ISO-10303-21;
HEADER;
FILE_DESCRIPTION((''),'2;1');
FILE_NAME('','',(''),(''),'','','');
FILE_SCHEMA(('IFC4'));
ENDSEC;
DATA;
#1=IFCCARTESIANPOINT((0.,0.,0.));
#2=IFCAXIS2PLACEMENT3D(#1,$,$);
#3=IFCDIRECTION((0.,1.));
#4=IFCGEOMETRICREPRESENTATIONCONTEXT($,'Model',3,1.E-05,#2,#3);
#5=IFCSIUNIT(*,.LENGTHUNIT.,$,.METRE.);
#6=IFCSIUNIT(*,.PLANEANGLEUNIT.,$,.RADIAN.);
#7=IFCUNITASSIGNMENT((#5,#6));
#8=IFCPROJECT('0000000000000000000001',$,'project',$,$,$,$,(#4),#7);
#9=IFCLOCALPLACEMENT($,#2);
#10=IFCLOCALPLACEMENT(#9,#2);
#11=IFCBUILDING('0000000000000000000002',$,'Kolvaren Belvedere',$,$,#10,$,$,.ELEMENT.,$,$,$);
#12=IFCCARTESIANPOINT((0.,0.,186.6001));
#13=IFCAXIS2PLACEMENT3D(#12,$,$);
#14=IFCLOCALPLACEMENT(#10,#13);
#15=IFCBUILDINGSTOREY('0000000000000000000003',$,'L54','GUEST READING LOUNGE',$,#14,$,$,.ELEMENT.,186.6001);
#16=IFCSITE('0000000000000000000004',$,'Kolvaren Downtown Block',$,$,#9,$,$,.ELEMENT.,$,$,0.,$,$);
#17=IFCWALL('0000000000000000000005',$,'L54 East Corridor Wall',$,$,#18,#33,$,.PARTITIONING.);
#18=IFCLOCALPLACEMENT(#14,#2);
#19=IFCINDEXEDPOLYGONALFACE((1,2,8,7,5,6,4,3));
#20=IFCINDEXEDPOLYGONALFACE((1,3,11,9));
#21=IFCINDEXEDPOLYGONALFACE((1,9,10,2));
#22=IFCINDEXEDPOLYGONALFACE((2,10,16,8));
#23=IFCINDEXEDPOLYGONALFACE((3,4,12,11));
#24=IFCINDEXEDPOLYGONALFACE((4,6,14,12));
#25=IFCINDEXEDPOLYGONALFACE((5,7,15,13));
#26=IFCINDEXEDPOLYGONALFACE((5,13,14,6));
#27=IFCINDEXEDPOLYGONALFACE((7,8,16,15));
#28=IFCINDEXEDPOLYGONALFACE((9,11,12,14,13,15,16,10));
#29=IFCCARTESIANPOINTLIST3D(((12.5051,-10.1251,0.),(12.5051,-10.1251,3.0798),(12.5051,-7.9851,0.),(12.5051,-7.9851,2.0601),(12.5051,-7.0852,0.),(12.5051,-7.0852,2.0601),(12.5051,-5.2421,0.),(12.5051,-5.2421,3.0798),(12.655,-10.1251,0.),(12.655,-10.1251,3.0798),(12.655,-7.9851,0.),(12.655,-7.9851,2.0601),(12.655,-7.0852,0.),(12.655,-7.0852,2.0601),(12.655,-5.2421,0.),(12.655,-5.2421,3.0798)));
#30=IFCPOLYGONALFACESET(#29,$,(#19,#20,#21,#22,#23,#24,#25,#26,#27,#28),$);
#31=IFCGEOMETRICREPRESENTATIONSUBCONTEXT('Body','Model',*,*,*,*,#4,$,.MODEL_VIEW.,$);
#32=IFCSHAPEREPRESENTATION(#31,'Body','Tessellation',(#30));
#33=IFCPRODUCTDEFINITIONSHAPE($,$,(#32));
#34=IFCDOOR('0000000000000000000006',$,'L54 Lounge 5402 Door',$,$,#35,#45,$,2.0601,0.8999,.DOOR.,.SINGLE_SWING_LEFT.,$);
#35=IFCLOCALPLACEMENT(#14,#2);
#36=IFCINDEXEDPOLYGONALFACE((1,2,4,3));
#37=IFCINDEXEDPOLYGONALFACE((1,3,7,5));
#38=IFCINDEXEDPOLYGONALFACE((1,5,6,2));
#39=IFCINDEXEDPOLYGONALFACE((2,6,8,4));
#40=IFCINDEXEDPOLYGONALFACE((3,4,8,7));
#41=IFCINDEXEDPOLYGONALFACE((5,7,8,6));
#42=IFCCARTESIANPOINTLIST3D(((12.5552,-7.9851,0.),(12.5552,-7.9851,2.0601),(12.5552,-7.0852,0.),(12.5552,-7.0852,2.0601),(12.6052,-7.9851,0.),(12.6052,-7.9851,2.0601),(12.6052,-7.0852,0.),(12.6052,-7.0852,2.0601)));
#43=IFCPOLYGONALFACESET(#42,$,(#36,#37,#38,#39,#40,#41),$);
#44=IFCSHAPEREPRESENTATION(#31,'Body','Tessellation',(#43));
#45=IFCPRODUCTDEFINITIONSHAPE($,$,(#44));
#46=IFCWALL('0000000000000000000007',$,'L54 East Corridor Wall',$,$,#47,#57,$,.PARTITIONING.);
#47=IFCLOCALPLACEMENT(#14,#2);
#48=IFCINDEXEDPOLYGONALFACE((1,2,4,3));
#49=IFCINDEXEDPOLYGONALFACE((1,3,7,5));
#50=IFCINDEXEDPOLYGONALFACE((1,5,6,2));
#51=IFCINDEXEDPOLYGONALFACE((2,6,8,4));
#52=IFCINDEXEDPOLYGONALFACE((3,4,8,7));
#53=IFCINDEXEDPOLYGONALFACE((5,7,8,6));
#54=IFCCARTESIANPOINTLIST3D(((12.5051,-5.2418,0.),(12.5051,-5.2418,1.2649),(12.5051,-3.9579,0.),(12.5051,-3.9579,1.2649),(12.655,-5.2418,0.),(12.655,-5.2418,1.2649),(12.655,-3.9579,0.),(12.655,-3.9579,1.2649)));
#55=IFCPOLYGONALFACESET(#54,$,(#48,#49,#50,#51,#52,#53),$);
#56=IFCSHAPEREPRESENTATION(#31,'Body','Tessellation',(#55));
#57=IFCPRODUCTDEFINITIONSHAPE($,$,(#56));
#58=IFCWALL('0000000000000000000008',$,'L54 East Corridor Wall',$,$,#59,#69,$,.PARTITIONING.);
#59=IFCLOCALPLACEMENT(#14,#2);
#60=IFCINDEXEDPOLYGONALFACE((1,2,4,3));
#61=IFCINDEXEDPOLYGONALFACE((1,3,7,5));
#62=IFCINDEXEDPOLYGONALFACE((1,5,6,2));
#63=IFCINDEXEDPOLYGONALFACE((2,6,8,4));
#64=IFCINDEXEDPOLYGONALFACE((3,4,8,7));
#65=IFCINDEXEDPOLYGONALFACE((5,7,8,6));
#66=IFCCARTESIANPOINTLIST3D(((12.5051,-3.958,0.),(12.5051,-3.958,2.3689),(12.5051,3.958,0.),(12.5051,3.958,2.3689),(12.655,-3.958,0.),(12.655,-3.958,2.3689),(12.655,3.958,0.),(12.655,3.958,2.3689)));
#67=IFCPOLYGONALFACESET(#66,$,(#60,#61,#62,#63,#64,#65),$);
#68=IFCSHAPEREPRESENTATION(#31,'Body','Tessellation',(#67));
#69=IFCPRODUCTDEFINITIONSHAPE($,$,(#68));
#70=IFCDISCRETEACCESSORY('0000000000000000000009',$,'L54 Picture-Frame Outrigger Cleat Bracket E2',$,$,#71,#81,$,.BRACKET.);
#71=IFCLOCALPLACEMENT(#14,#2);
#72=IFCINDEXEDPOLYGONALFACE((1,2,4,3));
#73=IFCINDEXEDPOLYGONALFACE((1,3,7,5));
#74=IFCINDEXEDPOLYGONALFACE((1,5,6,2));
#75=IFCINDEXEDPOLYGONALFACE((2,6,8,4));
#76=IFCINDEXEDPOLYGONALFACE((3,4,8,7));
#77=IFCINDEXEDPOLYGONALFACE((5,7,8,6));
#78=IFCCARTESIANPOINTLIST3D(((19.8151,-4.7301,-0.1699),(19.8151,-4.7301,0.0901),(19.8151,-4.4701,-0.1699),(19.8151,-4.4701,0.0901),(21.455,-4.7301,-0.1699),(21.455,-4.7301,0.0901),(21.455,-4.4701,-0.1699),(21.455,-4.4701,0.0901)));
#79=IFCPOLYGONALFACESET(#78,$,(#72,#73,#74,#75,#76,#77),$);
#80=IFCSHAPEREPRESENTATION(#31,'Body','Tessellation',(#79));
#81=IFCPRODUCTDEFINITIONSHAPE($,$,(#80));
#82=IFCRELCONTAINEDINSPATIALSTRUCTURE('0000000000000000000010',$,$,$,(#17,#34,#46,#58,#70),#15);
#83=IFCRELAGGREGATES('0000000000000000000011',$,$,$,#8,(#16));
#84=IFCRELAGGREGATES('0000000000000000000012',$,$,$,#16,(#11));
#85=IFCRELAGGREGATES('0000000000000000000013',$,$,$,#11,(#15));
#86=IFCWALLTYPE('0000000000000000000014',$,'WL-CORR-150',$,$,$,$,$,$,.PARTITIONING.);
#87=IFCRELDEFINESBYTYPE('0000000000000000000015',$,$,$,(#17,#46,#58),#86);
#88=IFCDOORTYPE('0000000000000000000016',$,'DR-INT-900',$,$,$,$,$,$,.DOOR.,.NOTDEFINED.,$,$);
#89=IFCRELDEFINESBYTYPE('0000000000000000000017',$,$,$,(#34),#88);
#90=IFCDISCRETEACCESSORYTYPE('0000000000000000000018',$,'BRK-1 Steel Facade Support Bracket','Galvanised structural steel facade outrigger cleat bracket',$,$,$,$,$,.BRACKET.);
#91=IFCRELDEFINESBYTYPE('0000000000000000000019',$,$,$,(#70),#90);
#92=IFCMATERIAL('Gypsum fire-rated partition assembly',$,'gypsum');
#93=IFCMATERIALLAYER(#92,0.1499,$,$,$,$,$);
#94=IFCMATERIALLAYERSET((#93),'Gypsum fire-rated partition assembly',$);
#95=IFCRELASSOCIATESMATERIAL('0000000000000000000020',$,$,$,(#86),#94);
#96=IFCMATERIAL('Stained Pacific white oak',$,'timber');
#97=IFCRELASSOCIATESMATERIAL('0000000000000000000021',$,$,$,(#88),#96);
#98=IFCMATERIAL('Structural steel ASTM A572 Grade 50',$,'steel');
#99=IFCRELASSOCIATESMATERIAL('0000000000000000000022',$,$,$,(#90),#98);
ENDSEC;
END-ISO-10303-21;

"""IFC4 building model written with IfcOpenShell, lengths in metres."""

from ifc_helpers import new_model, si_unit, direction, frame, frame_2d, origin, origin_2d, place, context, subcontext, project, spatial, rectangle, extrude, material, layer, layer_set, type_object, element, fill, save


model = new_model("IFC4")

# Units and contexts
model_context = context("Model", 3, precision=1e-05, world=origin(), true_north=direction((0.0, 1.0)))
body_context = subcontext(model_context, "Body", "Model", "MODEL_VIEW")
ifc_project = project(units=[si_unit("LENGTHUNIT", "METRE"), si_unit("PLANEANGLEUNIT", "RADIAN")], contexts=[model_context])

# Site, building, storey
site_placement = place(None, origin())
site = spatial("IfcSite", under=ifc_project, at=site_placement, Name="Kolvaren Downtown Block", CompositionType="ELEMENT", RefElevation=0.0)
building_placement = place(site_placement, origin())
building = spatial("IfcBuilding", under=site, at=building_placement, Name="Kolvaren Belvedere", CompositionType="ELEMENT")
storey_placement = place(building_placement, frame((0.0, 0.0, 186.6001)))
storey = spatial("IfcBuildingStorey", under=building, at=storey_placement, Name="L54", Description="GUEST READING LOUNGE", CompositionType="ELEMENT", Elevation=186.6001)

# Shared definitions
ifc_material_1 = material(Name="Gypsum fire-rated partition assembly", Category="gypsum")
ifc_layer_1 = layer(ifc_material_1, 0.1499)
ifc_layer_set_1 = layer_set([ifc_layer_1], Name="Gypsum fire-rated partition assembly")
wall_type_1 = type_object("IfcWallType", Name="WL-CORR-150", PredefinedType="PARTITIONING", material=ifc_layer_set_1)

# Wall, opening, door
wall_1_placement = place(storey_placement, frame((12.5801, -10.125, 0.0), z_axis=(0.0, 0.0, 1.0), x_axis=(0.0, 1.0, 0.0)))
wall_1 = element("IfcWall", 1, at=wall_1_placement, inside=storey, type_object=wall_type_1, Name="L54 East Corridor Wall", PredefinedType="PARTITIONING", context=body_context, shape_type="SweptSolid", body=[
    extrude(rectangle(XDim=4.8831, YDim=0.1499, at=frame_2d((2.4414, 0.0))), origin(), (0.0, 0.0, 1.0), 3.0798),
])
opening_1_placement = place(wall_1_placement, frame((2.1399, 0.0, 0.0)))
opening_1 = element("IfcOpeningElement", 2, at=opening_1_placement, cuts=wall_1, PredefinedType="OPENING", context=body_context, shape_type="SweptSolid", body=[
    extrude(rectangle(XDim=0.8999, YDim=2.0601, at=frame_2d((0.45, 1.03))), frame((0.0, 0.085, 0.0), z_axis=(0.0, -1.0, 0.0), x_axis=(1.0, 0.0, 0.0)), (0.0, 0.0, 1.0), 0.1699),
])
ifc_material_2 = material(Name="Stained Pacific white oak", Category="timber")
door_type_1 = type_object("IfcDoorType", Name="DR-INT-900", OperationType="NOTDEFINED", PredefinedType="DOOR", material=ifc_material_2)
door_1_placement = place(opening_1_placement, origin())
door_1 = element("IfcDoor", 3, at=door_1_placement, inside=storey, type_object=door_type_1, Name="L54 Lounge 5402 Door", OperationType="SINGLE_SWING_LEFT", OverallHeight=2.0601, OverallWidth=0.8999, PredefinedType="DOOR", context=body_context, shape_type="SweptSolid", body=[
    extrude(rectangle(XDim=0.8999, YDim=2.0601, at=frame_2d((0.45, 1.03))), frame((0.0, 0.0249, 0.0), z_axis=(0.0, -1.0, 0.0), x_axis=(1.0, 0.0, 0.0)), (0.0, 0.0, 1.0), 0.05),
])
fill(opening_1, door_1)

# Walls
wall_2_placement = place(storey_placement, frame((12.5801, -5.2419, 0.0), z_axis=(0.0, 0.0, 1.0), x_axis=(0.0, 1.0, 0.0)))
element("IfcWall", 4, at=wall_2_placement, inside=storey, type_object=wall_type_1, Name="L54 East Corridor Wall", PredefinedType="PARTITIONING", context=body_context, shape_type="SweptSolid", body=[
    extrude(rectangle(XDim=1.2839, YDim=0.1499, at=frame_2d((0.6421, 0.0))), origin(), (0.0, 0.0, 1.0), 1.2649),
])
wall_3_placement = place(storey_placement, frame((12.5801, -3.958, 0.0), z_axis=(0.0, 0.0, 1.0), x_axis=(0.0, 1.0, 0.0)))
element("IfcWall", 5, at=wall_3_placement, inside=storey, type_object=wall_type_1, Name="L54 East Corridor Wall", PredefinedType="PARTITIONING", context=body_context, shape_type="SweptSolid", body=[
    extrude(rectangle(XDim=7.916, YDim=0.1499, at=frame_2d((3.958, 0.0))), origin(), (0.0, 0.0, 1.0), 2.3689),
])

# Discrete accessory
ifc_material_3 = material(Name="Structural steel ASTM A572 Grade 50", Category="steel")
discrete_accessory_type = type_object("IfcDiscreteAccessoryType", Name="BRK-1 Steel Facade Support Bracket", Description="Galvanised structural steel facade outrigger cleat bracket", PredefinedType="BRACKET", material=ifc_material_3)
discrete_accessory_placement = place(storey_placement, frame((20.635, -4.6001, -0.1699), z_axis=(0.0, 0.0, 1.0), x_axis=(1.0, 0.0, 0.0)))
element("IfcDiscreteAccessory", 6, at=discrete_accessory_placement, inside=storey, type_object=discrete_accessory_type, Name="L54 Picture-Frame Outrigger Cleat Bracket E2", PredefinedType="BRACKET", context=body_context, shape_type="SweptSolid", body=[
    extrude(rectangle(XDim=1.6399, YDim=0.26, at=origin_2d()), origin(), (0.0, 0.0, 1.0), 0.26),
])

save(model, "model.ifc")
